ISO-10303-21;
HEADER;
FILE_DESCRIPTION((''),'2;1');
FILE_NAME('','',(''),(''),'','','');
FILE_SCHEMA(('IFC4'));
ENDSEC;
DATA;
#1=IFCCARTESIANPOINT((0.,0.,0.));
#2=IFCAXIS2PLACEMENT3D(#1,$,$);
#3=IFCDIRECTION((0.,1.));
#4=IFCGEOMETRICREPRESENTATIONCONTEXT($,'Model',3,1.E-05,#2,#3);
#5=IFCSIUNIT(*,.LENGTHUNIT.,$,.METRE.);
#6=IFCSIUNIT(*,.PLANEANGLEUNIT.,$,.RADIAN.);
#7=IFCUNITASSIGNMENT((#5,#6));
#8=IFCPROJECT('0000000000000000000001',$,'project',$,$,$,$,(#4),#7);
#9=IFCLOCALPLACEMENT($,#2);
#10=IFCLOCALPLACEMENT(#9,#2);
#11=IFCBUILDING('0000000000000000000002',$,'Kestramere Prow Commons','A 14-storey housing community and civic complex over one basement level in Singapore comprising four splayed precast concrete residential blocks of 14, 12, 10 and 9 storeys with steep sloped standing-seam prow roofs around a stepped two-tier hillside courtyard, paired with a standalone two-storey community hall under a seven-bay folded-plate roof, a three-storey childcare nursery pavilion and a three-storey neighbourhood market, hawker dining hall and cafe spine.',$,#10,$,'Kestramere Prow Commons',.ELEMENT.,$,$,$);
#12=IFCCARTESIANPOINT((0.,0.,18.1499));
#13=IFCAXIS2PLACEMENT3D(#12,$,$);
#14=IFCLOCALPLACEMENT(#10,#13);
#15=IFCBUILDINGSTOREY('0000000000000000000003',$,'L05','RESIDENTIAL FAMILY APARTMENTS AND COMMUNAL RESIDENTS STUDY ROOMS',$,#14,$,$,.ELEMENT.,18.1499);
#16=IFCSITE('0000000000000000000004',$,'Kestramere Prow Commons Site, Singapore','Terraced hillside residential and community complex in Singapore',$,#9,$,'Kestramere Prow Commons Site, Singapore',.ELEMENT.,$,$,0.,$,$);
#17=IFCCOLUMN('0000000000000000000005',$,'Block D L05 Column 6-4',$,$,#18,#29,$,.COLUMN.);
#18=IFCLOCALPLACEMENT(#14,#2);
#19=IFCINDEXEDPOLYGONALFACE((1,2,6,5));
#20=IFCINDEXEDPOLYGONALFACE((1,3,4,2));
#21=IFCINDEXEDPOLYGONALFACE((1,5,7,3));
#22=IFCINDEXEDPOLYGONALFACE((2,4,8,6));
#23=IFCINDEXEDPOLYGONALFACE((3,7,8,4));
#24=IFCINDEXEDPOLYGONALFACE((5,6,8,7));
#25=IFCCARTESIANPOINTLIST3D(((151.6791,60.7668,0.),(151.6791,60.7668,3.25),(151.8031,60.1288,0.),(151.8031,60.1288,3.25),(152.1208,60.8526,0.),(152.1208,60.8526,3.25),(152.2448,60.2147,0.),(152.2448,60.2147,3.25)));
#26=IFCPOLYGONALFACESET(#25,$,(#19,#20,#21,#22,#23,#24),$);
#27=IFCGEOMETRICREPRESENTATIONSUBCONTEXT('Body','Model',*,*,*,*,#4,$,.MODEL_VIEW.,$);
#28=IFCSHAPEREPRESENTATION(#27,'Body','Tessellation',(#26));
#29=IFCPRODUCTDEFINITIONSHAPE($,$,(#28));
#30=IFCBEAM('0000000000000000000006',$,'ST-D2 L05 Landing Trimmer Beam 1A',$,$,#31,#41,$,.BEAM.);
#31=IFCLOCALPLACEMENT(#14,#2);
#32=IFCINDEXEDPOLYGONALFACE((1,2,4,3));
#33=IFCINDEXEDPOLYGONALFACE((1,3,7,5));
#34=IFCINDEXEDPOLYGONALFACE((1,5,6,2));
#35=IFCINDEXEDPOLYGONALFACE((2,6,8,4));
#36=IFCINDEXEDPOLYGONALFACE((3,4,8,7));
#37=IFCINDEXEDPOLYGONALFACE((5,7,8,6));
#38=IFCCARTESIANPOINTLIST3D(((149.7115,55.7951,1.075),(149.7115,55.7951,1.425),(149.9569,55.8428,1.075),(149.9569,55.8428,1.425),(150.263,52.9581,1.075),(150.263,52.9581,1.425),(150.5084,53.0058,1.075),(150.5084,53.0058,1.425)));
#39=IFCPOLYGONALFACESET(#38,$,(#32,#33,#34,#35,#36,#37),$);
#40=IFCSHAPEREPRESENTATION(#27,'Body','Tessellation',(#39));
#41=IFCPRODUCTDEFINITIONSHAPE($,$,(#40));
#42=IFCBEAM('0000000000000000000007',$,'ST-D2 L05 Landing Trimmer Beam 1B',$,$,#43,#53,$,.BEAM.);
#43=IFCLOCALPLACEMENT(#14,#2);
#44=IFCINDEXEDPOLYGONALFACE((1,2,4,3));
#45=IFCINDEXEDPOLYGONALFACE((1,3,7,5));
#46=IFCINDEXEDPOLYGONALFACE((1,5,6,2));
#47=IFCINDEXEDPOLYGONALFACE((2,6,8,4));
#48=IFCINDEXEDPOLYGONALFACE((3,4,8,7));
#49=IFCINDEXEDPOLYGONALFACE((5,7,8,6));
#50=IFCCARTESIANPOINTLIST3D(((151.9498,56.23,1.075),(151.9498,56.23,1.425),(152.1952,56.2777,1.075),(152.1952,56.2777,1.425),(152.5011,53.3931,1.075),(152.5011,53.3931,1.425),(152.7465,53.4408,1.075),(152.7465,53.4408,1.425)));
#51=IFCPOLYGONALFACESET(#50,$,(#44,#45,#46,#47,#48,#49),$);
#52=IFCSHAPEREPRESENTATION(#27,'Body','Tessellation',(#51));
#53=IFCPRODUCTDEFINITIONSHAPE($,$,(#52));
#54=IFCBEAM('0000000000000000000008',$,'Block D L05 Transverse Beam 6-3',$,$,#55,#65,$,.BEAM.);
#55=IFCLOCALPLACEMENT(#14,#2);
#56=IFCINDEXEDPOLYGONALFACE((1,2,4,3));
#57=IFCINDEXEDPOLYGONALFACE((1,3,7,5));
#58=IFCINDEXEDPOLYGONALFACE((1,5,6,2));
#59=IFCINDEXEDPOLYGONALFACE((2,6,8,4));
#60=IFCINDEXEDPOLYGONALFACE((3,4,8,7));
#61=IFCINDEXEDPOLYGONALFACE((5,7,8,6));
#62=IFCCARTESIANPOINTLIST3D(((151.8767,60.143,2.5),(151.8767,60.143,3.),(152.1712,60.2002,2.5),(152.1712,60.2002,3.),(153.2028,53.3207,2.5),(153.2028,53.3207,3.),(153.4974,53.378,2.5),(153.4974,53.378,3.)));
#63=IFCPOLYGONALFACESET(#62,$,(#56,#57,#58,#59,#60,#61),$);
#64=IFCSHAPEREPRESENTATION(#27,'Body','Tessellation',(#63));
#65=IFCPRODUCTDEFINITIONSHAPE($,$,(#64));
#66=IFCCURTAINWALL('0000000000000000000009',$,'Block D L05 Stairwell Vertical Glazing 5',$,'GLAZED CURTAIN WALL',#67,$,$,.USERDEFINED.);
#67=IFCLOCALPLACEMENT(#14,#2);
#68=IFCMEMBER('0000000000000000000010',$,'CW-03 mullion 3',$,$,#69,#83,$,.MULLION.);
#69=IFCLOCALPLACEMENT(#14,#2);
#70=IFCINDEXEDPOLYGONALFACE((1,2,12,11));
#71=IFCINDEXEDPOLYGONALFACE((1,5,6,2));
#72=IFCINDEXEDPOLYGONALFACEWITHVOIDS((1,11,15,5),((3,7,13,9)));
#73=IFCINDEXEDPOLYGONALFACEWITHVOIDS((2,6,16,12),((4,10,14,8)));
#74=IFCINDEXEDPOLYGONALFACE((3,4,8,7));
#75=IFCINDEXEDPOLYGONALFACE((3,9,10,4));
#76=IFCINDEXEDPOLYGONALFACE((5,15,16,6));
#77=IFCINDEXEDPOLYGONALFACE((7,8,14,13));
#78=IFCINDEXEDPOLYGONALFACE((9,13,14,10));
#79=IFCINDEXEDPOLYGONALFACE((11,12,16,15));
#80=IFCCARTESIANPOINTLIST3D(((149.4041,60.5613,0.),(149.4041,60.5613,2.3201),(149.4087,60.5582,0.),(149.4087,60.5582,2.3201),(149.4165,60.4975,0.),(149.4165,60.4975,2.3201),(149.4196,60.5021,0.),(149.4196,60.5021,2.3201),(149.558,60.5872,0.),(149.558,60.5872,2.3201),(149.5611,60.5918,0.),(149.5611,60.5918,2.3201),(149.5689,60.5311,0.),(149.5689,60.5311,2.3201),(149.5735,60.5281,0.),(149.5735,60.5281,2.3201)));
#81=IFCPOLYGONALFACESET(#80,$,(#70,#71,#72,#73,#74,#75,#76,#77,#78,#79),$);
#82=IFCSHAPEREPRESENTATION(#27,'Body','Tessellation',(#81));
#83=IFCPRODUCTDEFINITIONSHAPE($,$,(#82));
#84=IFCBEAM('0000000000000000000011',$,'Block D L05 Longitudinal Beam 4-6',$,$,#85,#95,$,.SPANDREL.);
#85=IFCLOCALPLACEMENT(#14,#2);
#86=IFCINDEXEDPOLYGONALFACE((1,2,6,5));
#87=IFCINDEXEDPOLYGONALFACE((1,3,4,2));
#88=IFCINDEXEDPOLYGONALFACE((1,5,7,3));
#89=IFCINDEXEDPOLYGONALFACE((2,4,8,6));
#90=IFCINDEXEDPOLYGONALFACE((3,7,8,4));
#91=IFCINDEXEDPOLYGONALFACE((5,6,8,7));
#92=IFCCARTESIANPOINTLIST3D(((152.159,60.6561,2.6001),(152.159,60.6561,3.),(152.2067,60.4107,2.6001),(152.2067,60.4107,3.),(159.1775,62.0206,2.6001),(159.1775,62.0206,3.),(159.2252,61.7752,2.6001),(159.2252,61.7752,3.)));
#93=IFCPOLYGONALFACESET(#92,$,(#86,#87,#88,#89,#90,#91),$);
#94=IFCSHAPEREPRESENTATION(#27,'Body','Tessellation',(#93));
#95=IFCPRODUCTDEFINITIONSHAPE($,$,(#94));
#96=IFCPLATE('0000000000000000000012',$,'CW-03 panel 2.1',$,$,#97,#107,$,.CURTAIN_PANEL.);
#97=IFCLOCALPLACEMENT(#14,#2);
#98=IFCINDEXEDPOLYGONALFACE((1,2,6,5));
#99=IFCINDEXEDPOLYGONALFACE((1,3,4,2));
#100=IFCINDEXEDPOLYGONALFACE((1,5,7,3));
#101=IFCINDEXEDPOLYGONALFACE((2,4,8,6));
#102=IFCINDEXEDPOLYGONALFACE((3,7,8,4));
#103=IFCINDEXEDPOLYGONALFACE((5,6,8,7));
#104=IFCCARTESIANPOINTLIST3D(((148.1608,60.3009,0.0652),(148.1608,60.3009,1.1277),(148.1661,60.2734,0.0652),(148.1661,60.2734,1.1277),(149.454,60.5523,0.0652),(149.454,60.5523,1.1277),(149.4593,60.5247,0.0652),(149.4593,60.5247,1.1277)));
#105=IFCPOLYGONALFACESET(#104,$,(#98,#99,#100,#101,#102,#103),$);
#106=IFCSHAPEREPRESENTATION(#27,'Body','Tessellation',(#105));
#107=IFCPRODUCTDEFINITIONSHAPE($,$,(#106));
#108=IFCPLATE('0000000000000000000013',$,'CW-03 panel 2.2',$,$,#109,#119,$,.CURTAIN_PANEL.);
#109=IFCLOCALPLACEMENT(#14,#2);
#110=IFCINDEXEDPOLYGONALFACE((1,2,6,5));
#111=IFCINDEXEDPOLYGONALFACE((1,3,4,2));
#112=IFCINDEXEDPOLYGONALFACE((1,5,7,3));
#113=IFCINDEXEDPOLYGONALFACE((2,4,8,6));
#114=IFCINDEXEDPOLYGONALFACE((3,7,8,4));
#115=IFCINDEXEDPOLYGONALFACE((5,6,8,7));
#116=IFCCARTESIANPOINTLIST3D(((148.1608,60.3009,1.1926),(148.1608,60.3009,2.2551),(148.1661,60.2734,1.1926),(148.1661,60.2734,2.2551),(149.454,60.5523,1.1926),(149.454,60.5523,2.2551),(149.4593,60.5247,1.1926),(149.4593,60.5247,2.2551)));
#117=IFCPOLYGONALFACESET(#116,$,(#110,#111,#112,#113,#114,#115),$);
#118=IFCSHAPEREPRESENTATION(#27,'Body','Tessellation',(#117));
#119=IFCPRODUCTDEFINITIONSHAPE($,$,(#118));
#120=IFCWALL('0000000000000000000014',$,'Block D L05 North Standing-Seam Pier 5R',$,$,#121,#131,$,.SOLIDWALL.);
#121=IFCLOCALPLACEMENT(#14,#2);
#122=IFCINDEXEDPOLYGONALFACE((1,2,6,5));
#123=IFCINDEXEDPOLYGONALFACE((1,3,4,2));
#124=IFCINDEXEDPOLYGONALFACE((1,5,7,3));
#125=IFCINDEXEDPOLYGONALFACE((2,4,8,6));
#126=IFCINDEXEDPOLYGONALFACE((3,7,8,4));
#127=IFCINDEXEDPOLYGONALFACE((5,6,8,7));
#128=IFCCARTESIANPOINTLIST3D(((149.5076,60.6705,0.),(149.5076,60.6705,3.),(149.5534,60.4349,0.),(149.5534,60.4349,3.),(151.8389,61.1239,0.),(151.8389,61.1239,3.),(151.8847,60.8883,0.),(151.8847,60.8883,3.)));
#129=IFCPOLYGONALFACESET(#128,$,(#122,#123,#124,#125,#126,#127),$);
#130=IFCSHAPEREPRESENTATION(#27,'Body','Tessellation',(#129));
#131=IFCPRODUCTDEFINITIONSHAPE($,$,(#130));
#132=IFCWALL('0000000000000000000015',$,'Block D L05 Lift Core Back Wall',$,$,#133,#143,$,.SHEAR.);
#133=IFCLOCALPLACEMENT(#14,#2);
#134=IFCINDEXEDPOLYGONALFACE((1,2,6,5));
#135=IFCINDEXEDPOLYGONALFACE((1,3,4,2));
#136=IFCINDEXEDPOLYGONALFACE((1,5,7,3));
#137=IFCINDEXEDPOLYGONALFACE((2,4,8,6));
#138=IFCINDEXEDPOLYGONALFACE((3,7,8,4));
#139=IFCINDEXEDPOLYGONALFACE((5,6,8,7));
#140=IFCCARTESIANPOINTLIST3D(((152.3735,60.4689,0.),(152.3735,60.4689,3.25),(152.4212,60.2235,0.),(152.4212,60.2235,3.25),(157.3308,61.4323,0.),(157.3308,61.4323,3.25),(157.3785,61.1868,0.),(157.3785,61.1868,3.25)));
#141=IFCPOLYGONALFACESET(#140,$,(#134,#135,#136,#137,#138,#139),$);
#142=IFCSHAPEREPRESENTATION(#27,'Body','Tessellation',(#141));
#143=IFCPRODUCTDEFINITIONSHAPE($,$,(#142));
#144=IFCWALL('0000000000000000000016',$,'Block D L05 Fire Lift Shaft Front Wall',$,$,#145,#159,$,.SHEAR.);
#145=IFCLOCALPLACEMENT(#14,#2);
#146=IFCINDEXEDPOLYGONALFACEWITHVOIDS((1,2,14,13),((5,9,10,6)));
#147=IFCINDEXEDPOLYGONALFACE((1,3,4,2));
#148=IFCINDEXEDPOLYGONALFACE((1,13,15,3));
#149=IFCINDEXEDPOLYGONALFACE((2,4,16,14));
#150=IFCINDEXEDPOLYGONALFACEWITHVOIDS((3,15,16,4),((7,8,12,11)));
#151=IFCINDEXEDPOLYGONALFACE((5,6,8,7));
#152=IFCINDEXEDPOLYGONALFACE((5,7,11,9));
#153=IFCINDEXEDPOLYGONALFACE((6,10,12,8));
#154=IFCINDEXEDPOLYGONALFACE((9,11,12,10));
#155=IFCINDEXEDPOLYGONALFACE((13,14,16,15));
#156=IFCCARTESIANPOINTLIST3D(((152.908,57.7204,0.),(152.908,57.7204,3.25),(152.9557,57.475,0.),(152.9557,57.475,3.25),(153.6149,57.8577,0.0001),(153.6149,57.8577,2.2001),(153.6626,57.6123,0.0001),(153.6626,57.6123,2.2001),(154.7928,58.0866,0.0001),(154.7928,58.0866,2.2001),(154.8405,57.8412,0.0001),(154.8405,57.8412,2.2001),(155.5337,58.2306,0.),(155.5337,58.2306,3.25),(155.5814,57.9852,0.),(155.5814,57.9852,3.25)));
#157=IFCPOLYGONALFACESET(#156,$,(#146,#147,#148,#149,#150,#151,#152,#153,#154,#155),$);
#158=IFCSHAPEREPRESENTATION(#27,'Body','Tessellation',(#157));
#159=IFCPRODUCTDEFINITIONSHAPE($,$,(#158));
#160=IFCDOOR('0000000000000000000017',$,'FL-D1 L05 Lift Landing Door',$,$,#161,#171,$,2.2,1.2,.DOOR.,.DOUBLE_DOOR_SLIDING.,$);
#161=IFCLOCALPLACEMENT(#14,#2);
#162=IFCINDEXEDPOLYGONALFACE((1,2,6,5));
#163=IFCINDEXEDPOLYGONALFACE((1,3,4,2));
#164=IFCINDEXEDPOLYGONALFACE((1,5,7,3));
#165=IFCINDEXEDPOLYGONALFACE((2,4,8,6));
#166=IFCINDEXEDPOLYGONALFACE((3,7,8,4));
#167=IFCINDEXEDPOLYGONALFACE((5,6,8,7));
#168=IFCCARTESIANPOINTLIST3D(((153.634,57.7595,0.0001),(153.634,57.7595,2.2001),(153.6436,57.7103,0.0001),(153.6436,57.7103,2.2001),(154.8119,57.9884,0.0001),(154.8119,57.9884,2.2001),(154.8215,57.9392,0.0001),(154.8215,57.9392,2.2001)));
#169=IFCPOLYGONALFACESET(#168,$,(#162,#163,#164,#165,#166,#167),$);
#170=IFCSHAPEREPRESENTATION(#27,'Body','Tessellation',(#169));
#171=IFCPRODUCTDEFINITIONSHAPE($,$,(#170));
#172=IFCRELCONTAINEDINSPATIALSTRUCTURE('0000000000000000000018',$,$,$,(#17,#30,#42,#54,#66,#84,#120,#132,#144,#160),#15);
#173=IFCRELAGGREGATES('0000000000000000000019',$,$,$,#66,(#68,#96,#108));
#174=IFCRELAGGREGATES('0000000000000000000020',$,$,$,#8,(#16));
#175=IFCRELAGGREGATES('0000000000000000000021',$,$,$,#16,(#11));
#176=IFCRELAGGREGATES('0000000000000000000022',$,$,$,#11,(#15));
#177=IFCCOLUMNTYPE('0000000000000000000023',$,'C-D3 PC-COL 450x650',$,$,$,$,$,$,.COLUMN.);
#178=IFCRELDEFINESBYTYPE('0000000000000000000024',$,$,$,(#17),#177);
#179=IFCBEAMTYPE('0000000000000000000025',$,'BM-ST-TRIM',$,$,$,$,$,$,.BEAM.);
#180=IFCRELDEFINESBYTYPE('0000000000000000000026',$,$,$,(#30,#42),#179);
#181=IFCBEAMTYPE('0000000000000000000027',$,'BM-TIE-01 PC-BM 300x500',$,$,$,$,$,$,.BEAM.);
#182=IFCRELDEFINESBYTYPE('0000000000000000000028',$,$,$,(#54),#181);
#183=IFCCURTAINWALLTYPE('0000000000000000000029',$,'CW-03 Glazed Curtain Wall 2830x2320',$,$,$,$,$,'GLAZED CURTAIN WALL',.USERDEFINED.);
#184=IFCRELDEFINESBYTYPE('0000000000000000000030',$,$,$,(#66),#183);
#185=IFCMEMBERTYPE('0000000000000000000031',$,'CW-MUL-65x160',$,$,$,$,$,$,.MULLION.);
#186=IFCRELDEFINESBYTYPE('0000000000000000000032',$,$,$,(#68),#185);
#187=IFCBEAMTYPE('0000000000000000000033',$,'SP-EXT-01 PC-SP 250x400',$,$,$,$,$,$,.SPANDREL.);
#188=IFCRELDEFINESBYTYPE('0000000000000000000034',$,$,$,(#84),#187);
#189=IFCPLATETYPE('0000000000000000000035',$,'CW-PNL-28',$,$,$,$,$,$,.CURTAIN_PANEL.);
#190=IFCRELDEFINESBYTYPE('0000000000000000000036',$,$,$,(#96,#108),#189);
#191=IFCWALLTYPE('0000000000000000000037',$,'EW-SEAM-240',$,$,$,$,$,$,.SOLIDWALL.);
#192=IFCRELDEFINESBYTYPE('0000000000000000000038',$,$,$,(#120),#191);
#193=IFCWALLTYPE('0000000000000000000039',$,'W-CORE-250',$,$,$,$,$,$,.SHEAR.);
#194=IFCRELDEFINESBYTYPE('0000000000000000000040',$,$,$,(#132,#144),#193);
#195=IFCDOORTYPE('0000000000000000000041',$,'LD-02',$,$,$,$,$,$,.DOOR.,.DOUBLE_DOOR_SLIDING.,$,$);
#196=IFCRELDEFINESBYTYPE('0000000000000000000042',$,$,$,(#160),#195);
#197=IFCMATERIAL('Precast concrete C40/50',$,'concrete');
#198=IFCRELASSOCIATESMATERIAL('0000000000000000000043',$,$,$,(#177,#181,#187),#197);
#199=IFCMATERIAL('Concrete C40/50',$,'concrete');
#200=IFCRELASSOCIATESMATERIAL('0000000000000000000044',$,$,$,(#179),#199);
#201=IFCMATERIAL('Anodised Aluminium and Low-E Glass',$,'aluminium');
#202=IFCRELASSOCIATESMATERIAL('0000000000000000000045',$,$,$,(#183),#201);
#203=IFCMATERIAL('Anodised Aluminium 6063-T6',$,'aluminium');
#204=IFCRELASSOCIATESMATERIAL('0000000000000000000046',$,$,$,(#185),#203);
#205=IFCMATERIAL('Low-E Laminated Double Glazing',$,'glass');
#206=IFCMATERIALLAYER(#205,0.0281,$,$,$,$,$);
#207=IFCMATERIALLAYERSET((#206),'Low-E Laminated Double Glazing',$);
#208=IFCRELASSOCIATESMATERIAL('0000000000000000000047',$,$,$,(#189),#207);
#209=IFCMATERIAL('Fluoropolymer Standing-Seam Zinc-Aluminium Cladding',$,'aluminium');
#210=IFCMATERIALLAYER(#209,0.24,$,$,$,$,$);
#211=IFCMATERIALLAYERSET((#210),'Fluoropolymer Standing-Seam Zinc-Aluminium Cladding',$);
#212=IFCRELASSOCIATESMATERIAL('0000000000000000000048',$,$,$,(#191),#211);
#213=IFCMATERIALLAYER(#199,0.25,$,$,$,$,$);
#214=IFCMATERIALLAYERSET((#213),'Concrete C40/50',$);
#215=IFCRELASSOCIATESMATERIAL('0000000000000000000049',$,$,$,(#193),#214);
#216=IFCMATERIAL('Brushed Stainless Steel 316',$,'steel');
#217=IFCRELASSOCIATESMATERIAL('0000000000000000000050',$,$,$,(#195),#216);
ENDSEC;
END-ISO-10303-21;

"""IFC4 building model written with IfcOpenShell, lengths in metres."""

from ifc_helpers import new_model, si_unit, direction, frame, frame_2d, origin, origin_2d, place, context, subcontext, project, spatial, rectangle, hollow_rectangle, extrude, material, layer, layer_set, material_profile, profile_set, type_object, element, fill, aggregate, save


model = new_model("IFC4")

# Units and contexts
model_context = context("Model", 3, precision=1e-05, world=origin(), true_north=direction((0.0, 1.0)))
body_context = subcontext(model_context, "Body", "Model", "MODEL_VIEW")
ifc_project = project(units=[si_unit("LENGTHUNIT", "METRE"), si_unit("PLANEANGLEUNIT", "RADIAN")], contexts=[model_context])

# Site, building, storey
site_placement = place(None, origin())
site = spatial("IfcSite", under=ifc_project, at=site_placement, Name="Kestramere Prow Commons Site, Singapore", Description="Terraced hillside residential and community complex in Singapore", LongName="Kestramere Prow Commons Site, Singapore", CompositionType="ELEMENT", RefElevation=0.0)
building_placement = place(site_placement, origin())
building = spatial("IfcBuilding", under=site, at=building_placement, Name="Kestramere Prow Commons", Description="A 14-storey housing community and civic complex over one basement level in Singapore comprising four splayed precast concrete residential blocks of 14, 12, 10 and 9 storeys with steep sloped standing-seam prow roofs around a stepped two-tier hillside courtyard, paired with a standalone two-storey community hall under a seven-bay folded-plate roof, a three-storey childcare nursery pavilion and a three-storey neighbourhood market, hawker dining hall and cafe spine.", LongName="Kestramere Prow Commons", CompositionType="ELEMENT")
storey_placement = place(building_placement, frame((0.0, 0.0, 18.1499)))
storey = spatial("IfcBuildingStorey", under=building, at=storey_placement, Name="L05", Description="RESIDENTIAL FAMILY APARTMENTS AND COMMUNAL RESIDENTS STUDY ROOMS", CompositionType="ELEMENT", Elevation=18.1499)

# Column
ifc_material_1 = material(Name="Precast concrete C40/50", Category="concrete")
ifc_material_profile_1 = material_profile(ifc_material_1, rectangle(XDim=0.45, YDim=0.6499, at=origin_2d()), Name="PC-COL 450x650")
ifc_profile_set_1 = profile_set([ifc_material_profile_1], Name="Precast concrete C40/50")
column_type = type_object("IfcColumnType", Name="C-D3 PC-COL 450x650", PredefinedType="COLUMN", material=ifc_profile_set_1)
column_placement = place(storey_placement, frame((151.9619, 60.4907, 0.0), z_axis=(0.0, 0.0, 1.0), x_axis=(0.981627, 0.190809, 0.0)))
element("IfcColumn", 1, at=column_placement, inside=storey, type_object=column_type, Name="Block D L05 Column 6-4", PredefinedType="COLUMN", context=body_context, shape_type="SweptSolid", body=[
    extrude(rectangle(XDim=0.45, YDim=0.6499, at=origin_2d()), origin(), (0.0, 0.0, 1.0), 3.25),
])

# Beams
ifc_material_2 = material(Name="Concrete C40/50", Category="concrete")
ifc_material_profile_2 = material_profile(ifc_material_2, rectangle(XDim=0.25, YDim=0.3501, at=origin_2d()), Name="PC-BM 250x350")
ifc_profile_set_2 = profile_set([ifc_material_profile_2], Name="Concrete C40/50")
beam_type_1 = type_object("IfcBeamType", Name="BM-ST-TRIM", PredefinedType="BEAM", material=ifc_profile_set_2)
beam_1_placement = place(storey_placement, frame((150.3857, 52.9819, 1.25), z_axis=(-0.190833, 0.981622, 0.0), x_axis=(-0.981622, -0.190833, 0.0)))
element("IfcBeam", 2, at=beam_1_placement, inside=storey, type_object=beam_type_1, Name="ST-D2 L05 Landing Trimmer Beam 1A", PredefinedType="BEAM", context=body_context, shape_type="SweptSolid", body=[
    extrude(rectangle(XDim=0.25, YDim=0.3501, at=origin_2d()), origin(), (0.0, 0.0, 1.0), 2.8901),
])
beam_2_placement = place(storey_placement, frame((152.6238, 53.417, 1.25), z_axis=(-0.190752, 0.981638, 0.0), x_axis=(-0.981638, -0.190752, 0.0)))
element("IfcBeam", 3, at=beam_2_placement, inside=storey, type_object=beam_type_1, Name="ST-D2 L05 Landing Trimmer Beam 1B", PredefinedType="BEAM", context=body_context, shape_type="SweptSolid", body=[
    extrude(rectangle(XDim=0.25, YDim=0.3501, at=origin_2d()), origin(), (0.0, 0.0, 1.0), 2.8899),
])
ifc_material_profile_3 = material_profile(ifc_material_1, rectangle(XDim=0.3, YDim=0.5, at=origin_2d()), Name="PC-BM 300x500")
ifc_profile_set_3 = profile_set([ifc_material_profile_3], Name="Precast concrete C40/50")
beam_type_2 = type_object("IfcBeamType", Name="BM-TIE-01 PC-BM 300x500", PredefinedType="BEAM", material=ifc_profile_set_3)
beam_3_placement = place(storey_placement, frame((153.3501, 53.3494, 2.75), z_axis=(-0.190817, 0.981626, 0.0), x_axis=(-0.981626, -0.190817, 0.0)))
element("IfcBeam", 4, at=beam_3_placement, inside=storey, type_object=beam_type_2, Name="Block D L05 Transverse Beam 6-3", PredefinedType="BEAM", context=body_context, shape_type="SweptSolid", body=[
    extrude(rectangle(XDim=0.3, YDim=0.5, at=origin_2d()), origin(), (0.0, 0.0, 1.0), 6.95),
])

# Curtain wall, member
ifc_material_3 = material(Name="Anodised Aluminium and Low-E Glass", Category="aluminium")
curtain_wall_type = type_object("IfcCurtainWallType", Name="CW-03 Glazed Curtain Wall 2830x2320", ElementType="GLAZED CURTAIN WALL", PredefinedType="USERDEFINED", material=ifc_material_3)
curtain_wall_placement = place(storey_placement, origin())
curtain_wall = element("IfcCurtainWall", 5, at=curtain_wall_placement, inside=storey, type_object=curtain_wall_type, Name="Block D L05 Stairwell Vertical Glazing 5", ObjectType="GLAZED CURTAIN WALL", PredefinedType="USERDEFINED")
ifc_material_4 = material(Name="Anodised Aluminium 6063-T6", Category="aluminium")
ifc_material_profile_4 = material_profile(ifc_material_4, hollow_rectangle(XDim=0.0649, YDim=0.1599, WallThickness=0.0039, at=origin_2d()), Name="ALU-MUL 65x160")
ifc_profile_set_4 = profile_set([ifc_material_profile_4], Name="Anodised Aluminium 6063-T6")
member_type = type_object("IfcMemberType", Name="CW-MUL-65x160", PredefinedType="MULLION", material=ifc_profile_set_4)
member_placement = place(storey_placement, frame((149.4888, 60.5447, 0.0), z_axis=(0.0, 0.0, 1.0), x_axis=(-0.190809, 0.981627, 0.0)))
member = element("IfcMember", 6, at=member_placement, type_object=member_type, Name="CW-03 mullion 3", PredefinedType="MULLION", context=body_context, shape_type="SweptSolid", body=[
    extrude(hollow_rectangle(XDim=0.0649, YDim=0.1599, WallThickness=0.0039, at=origin_2d()), origin(), (0.0, 0.0, 1.0), 2.3201),
])

# Beam
ifc_material_profile_5 = material_profile(ifc_material_1, rectangle(XDim=0.25, YDim=0.3999, at=origin_2d()), Name="PC-SP 250x400")
ifc_profile_set_5 = profile_set([ifc_material_profile_5], Name="Precast concrete C40/50")
beam_type_3 = type_object("IfcBeamType", Name="SP-EXT-01 PC-SP 250x400", PredefinedType="SPANDREL", material=ifc_profile_set_5)
beam_4_placement = place(storey_placement, frame((152.1829, 60.5334, 2.8), z_axis=(0.981621, 0.19084, 0.0), x_axis=(-0.19084, 0.981621, 0.0)))
element("IfcBeam", 7, at=beam_4_placement, inside=storey, type_object=beam_type_3, Name="Block D L05 Longitudinal Beam 4-6", PredefinedType="SPANDREL", context=body_context, shape_type="SweptSolid", body=[
    extrude(rectangle(XDim=0.25, YDim=0.3999, at=origin_2d()), origin(), (0.0, 0.0, 1.0), 7.1499),
])

# Plates
ifc_material_5 = material(Name="Low-E Laminated Double Glazing", Category="glass")
ifc_layer_1 = layer(ifc_material_5, 0.0281)
ifc_layer_set_1 = layer_set([ifc_layer_1], Name="Low-E Laminated Double Glazing")
plate_type = type_object("IfcPlateType", Name="CW-PNL-28", PredefinedType="CURTAIN_PANEL", material=ifc_layer_set_1)
plate_1_placement = place(storey_placement, frame((148.8101, 60.4128, 0.0652), z_axis=(0.0, 0.0, 1.0), x_axis=(0.981627, 0.190809, 0.0)))
plate_1 = element("IfcPlate", 8, at=plate_1_placement, type_object=plate_type, Name="CW-03 panel 2.1", PredefinedType="CURTAIN_PANEL", context=body_context, shape_type="SweptSolid", body=[
    extrude(rectangle(XDim=1.3174, YDim=0.0281, at=origin_2d()), origin(), (0.0, 0.0, 1.0), 1.0625),
])
plate_2_placement = place(storey_placement, frame((148.8101, 60.4128, 1.1926), z_axis=(0.0, 0.0, 1.0), x_axis=(0.981627, 0.190809, 0.0)))
plate_2 = element("IfcPlate", 9, at=plate_2_placement, type_object=plate_type, Name="CW-03 panel 2.2", PredefinedType="CURTAIN_PANEL", context=body_context, shape_type="SweptSolid", body=[
    extrude(rectangle(XDim=1.3174, YDim=0.0281, at=origin_2d()), origin(), (0.0, 0.0, 1.0), 1.0625),
])
aggregate(curtain_wall, [member, plate_1, plate_2])

# Walls
ifc_material_6 = material(Name="Fluoropolymer Standing-Seam Zinc-Aluminium Cladding", Category="aluminium")
ifc_layer_2 = layer(ifc_material_6, 0.24)
ifc_layer_set_2 = layer_set([ifc_layer_2], Name="Fluoropolymer Standing-Seam Zinc-Aluminium Cladding")
wall_type_1 = type_object("IfcWallType", Name="EW-SEAM-240", PredefinedType="SOLIDWALL", material=ifc_layer_set_2)
wall_1_placement = place(storey_placement, frame((149.5305, 60.5527, 0.0), z_axis=(0.0, 0.0, 1.0), x_axis=(0.981611, 0.190894, 0.0)))
element("IfcWall", 10, at=wall_1_placement, inside=storey, type_object=wall_type_1, Name="Block D L05 North Standing-Seam Pier 5R", PredefinedType="SOLIDWALL", context=body_context, shape_type="SweptSolid", body=[
    extrude(rectangle(XDim=2.375, YDim=0.24, at=frame_2d((1.1875, 0.0))), origin(), (0.0, 0.0, 1.0), 3.0),
])
ifc_layer_3 = layer(ifc_material_2, 0.25)
ifc_layer_set_3 = layer_set([ifc_layer_3], Name="Concrete C40/50")
wall_type_2 = type_object("IfcWallType", Name="W-CORE-250", PredefinedType="SHEAR", material=ifc_layer_set_3)
wall_2_placement = place(storey_placement, frame((152.3975, 60.3462, 0.0), z_axis=(0.0, 0.0, 1.0), x_axis=(0.981635, 0.190767, 0.0)))
element("IfcWall", 11, at=wall_2_placement, inside=storey, type_object=wall_type_2, Name="Block D L05 Lift Core Back Wall", PredefinedType="SHEAR", context=body_context, shape_type="SweptSolid", body=[
    extrude(rectangle(XDim=5.05, YDim=0.25, at=frame_2d((2.5249, 0.0))), origin(), (0.0, 0.0, 1.0), 3.25),
])

# Wall, opening, door
wall_3_placement = place(storey_placement, frame((152.9319, 57.5977, 0.0), z_axis=(0.0, 0.0, 1.0), x_axis=(0.981637, 0.19076, 0.0)))
wall_3 = element("IfcWall", 12, at=wall_3_placement, inside=storey, type_object=wall_type_2, Name="Block D L05 Fire Lift Shaft Front Wall", PredefinedType="SHEAR", context=body_context, shape_type="SweptSolid", body=[
    extrude(rectangle(XDim=2.6748, YDim=0.25, at=frame_2d((1.3374, 0.0))), origin(), (0.0, 0.0, 1.0), 3.25),
])
opening_placement = place(wall_3_placement, frame((0.72, 0.0, 0.0)))
opening = element("IfcOpeningElement", 13, at=opening_placement, cuts=wall_3, PredefinedType="OPENING", context=body_context, shape_type="SweptSolid", body=[
    extrude(rectangle(XDim=1.2, YDim=2.2, at=frame_2d((0.6001, 1.1001))), frame((0.0, 0.1399, 0.0), z_axis=(0.0, -1.0, 0.0), x_axis=(1.0, 0.0, 0.0)), (0.0, 0.0, 1.0), 0.28),
])
ifc_material_7 = material(Name="Brushed Stainless Steel 316", Category="steel")
door_type = type_object("IfcDoorType", Name="LD-02", OperationType="DOUBLE_DOOR_SLIDING", PredefinedType="DOOR", material=ifc_material_7)
door_placement = place(opening_placement, origin())
door = element("IfcDoor", 14, at=door_placement, inside=storey, type_object=door_type, Name="FL-D1 L05 Lift Landing Door", OperationType="DOUBLE_DOOR_SLIDING", OverallHeight=2.2, OverallWidth=1.2, PredefinedType="DOOR", context=body_context, shape_type="SweptSolid", body=[
    extrude(rectangle(XDim=1.2, YDim=2.2, at=frame_2d((0.6001, 1.1001))), frame((0.0, 0.0249, 0.0), z_axis=(0.0, -1.0, 0.0), x_axis=(1.0, 0.0, 0.0)), (0.0, 0.0, 1.0), 0.05),
])
fill(opening, door)

save(model, "model.ifc")
